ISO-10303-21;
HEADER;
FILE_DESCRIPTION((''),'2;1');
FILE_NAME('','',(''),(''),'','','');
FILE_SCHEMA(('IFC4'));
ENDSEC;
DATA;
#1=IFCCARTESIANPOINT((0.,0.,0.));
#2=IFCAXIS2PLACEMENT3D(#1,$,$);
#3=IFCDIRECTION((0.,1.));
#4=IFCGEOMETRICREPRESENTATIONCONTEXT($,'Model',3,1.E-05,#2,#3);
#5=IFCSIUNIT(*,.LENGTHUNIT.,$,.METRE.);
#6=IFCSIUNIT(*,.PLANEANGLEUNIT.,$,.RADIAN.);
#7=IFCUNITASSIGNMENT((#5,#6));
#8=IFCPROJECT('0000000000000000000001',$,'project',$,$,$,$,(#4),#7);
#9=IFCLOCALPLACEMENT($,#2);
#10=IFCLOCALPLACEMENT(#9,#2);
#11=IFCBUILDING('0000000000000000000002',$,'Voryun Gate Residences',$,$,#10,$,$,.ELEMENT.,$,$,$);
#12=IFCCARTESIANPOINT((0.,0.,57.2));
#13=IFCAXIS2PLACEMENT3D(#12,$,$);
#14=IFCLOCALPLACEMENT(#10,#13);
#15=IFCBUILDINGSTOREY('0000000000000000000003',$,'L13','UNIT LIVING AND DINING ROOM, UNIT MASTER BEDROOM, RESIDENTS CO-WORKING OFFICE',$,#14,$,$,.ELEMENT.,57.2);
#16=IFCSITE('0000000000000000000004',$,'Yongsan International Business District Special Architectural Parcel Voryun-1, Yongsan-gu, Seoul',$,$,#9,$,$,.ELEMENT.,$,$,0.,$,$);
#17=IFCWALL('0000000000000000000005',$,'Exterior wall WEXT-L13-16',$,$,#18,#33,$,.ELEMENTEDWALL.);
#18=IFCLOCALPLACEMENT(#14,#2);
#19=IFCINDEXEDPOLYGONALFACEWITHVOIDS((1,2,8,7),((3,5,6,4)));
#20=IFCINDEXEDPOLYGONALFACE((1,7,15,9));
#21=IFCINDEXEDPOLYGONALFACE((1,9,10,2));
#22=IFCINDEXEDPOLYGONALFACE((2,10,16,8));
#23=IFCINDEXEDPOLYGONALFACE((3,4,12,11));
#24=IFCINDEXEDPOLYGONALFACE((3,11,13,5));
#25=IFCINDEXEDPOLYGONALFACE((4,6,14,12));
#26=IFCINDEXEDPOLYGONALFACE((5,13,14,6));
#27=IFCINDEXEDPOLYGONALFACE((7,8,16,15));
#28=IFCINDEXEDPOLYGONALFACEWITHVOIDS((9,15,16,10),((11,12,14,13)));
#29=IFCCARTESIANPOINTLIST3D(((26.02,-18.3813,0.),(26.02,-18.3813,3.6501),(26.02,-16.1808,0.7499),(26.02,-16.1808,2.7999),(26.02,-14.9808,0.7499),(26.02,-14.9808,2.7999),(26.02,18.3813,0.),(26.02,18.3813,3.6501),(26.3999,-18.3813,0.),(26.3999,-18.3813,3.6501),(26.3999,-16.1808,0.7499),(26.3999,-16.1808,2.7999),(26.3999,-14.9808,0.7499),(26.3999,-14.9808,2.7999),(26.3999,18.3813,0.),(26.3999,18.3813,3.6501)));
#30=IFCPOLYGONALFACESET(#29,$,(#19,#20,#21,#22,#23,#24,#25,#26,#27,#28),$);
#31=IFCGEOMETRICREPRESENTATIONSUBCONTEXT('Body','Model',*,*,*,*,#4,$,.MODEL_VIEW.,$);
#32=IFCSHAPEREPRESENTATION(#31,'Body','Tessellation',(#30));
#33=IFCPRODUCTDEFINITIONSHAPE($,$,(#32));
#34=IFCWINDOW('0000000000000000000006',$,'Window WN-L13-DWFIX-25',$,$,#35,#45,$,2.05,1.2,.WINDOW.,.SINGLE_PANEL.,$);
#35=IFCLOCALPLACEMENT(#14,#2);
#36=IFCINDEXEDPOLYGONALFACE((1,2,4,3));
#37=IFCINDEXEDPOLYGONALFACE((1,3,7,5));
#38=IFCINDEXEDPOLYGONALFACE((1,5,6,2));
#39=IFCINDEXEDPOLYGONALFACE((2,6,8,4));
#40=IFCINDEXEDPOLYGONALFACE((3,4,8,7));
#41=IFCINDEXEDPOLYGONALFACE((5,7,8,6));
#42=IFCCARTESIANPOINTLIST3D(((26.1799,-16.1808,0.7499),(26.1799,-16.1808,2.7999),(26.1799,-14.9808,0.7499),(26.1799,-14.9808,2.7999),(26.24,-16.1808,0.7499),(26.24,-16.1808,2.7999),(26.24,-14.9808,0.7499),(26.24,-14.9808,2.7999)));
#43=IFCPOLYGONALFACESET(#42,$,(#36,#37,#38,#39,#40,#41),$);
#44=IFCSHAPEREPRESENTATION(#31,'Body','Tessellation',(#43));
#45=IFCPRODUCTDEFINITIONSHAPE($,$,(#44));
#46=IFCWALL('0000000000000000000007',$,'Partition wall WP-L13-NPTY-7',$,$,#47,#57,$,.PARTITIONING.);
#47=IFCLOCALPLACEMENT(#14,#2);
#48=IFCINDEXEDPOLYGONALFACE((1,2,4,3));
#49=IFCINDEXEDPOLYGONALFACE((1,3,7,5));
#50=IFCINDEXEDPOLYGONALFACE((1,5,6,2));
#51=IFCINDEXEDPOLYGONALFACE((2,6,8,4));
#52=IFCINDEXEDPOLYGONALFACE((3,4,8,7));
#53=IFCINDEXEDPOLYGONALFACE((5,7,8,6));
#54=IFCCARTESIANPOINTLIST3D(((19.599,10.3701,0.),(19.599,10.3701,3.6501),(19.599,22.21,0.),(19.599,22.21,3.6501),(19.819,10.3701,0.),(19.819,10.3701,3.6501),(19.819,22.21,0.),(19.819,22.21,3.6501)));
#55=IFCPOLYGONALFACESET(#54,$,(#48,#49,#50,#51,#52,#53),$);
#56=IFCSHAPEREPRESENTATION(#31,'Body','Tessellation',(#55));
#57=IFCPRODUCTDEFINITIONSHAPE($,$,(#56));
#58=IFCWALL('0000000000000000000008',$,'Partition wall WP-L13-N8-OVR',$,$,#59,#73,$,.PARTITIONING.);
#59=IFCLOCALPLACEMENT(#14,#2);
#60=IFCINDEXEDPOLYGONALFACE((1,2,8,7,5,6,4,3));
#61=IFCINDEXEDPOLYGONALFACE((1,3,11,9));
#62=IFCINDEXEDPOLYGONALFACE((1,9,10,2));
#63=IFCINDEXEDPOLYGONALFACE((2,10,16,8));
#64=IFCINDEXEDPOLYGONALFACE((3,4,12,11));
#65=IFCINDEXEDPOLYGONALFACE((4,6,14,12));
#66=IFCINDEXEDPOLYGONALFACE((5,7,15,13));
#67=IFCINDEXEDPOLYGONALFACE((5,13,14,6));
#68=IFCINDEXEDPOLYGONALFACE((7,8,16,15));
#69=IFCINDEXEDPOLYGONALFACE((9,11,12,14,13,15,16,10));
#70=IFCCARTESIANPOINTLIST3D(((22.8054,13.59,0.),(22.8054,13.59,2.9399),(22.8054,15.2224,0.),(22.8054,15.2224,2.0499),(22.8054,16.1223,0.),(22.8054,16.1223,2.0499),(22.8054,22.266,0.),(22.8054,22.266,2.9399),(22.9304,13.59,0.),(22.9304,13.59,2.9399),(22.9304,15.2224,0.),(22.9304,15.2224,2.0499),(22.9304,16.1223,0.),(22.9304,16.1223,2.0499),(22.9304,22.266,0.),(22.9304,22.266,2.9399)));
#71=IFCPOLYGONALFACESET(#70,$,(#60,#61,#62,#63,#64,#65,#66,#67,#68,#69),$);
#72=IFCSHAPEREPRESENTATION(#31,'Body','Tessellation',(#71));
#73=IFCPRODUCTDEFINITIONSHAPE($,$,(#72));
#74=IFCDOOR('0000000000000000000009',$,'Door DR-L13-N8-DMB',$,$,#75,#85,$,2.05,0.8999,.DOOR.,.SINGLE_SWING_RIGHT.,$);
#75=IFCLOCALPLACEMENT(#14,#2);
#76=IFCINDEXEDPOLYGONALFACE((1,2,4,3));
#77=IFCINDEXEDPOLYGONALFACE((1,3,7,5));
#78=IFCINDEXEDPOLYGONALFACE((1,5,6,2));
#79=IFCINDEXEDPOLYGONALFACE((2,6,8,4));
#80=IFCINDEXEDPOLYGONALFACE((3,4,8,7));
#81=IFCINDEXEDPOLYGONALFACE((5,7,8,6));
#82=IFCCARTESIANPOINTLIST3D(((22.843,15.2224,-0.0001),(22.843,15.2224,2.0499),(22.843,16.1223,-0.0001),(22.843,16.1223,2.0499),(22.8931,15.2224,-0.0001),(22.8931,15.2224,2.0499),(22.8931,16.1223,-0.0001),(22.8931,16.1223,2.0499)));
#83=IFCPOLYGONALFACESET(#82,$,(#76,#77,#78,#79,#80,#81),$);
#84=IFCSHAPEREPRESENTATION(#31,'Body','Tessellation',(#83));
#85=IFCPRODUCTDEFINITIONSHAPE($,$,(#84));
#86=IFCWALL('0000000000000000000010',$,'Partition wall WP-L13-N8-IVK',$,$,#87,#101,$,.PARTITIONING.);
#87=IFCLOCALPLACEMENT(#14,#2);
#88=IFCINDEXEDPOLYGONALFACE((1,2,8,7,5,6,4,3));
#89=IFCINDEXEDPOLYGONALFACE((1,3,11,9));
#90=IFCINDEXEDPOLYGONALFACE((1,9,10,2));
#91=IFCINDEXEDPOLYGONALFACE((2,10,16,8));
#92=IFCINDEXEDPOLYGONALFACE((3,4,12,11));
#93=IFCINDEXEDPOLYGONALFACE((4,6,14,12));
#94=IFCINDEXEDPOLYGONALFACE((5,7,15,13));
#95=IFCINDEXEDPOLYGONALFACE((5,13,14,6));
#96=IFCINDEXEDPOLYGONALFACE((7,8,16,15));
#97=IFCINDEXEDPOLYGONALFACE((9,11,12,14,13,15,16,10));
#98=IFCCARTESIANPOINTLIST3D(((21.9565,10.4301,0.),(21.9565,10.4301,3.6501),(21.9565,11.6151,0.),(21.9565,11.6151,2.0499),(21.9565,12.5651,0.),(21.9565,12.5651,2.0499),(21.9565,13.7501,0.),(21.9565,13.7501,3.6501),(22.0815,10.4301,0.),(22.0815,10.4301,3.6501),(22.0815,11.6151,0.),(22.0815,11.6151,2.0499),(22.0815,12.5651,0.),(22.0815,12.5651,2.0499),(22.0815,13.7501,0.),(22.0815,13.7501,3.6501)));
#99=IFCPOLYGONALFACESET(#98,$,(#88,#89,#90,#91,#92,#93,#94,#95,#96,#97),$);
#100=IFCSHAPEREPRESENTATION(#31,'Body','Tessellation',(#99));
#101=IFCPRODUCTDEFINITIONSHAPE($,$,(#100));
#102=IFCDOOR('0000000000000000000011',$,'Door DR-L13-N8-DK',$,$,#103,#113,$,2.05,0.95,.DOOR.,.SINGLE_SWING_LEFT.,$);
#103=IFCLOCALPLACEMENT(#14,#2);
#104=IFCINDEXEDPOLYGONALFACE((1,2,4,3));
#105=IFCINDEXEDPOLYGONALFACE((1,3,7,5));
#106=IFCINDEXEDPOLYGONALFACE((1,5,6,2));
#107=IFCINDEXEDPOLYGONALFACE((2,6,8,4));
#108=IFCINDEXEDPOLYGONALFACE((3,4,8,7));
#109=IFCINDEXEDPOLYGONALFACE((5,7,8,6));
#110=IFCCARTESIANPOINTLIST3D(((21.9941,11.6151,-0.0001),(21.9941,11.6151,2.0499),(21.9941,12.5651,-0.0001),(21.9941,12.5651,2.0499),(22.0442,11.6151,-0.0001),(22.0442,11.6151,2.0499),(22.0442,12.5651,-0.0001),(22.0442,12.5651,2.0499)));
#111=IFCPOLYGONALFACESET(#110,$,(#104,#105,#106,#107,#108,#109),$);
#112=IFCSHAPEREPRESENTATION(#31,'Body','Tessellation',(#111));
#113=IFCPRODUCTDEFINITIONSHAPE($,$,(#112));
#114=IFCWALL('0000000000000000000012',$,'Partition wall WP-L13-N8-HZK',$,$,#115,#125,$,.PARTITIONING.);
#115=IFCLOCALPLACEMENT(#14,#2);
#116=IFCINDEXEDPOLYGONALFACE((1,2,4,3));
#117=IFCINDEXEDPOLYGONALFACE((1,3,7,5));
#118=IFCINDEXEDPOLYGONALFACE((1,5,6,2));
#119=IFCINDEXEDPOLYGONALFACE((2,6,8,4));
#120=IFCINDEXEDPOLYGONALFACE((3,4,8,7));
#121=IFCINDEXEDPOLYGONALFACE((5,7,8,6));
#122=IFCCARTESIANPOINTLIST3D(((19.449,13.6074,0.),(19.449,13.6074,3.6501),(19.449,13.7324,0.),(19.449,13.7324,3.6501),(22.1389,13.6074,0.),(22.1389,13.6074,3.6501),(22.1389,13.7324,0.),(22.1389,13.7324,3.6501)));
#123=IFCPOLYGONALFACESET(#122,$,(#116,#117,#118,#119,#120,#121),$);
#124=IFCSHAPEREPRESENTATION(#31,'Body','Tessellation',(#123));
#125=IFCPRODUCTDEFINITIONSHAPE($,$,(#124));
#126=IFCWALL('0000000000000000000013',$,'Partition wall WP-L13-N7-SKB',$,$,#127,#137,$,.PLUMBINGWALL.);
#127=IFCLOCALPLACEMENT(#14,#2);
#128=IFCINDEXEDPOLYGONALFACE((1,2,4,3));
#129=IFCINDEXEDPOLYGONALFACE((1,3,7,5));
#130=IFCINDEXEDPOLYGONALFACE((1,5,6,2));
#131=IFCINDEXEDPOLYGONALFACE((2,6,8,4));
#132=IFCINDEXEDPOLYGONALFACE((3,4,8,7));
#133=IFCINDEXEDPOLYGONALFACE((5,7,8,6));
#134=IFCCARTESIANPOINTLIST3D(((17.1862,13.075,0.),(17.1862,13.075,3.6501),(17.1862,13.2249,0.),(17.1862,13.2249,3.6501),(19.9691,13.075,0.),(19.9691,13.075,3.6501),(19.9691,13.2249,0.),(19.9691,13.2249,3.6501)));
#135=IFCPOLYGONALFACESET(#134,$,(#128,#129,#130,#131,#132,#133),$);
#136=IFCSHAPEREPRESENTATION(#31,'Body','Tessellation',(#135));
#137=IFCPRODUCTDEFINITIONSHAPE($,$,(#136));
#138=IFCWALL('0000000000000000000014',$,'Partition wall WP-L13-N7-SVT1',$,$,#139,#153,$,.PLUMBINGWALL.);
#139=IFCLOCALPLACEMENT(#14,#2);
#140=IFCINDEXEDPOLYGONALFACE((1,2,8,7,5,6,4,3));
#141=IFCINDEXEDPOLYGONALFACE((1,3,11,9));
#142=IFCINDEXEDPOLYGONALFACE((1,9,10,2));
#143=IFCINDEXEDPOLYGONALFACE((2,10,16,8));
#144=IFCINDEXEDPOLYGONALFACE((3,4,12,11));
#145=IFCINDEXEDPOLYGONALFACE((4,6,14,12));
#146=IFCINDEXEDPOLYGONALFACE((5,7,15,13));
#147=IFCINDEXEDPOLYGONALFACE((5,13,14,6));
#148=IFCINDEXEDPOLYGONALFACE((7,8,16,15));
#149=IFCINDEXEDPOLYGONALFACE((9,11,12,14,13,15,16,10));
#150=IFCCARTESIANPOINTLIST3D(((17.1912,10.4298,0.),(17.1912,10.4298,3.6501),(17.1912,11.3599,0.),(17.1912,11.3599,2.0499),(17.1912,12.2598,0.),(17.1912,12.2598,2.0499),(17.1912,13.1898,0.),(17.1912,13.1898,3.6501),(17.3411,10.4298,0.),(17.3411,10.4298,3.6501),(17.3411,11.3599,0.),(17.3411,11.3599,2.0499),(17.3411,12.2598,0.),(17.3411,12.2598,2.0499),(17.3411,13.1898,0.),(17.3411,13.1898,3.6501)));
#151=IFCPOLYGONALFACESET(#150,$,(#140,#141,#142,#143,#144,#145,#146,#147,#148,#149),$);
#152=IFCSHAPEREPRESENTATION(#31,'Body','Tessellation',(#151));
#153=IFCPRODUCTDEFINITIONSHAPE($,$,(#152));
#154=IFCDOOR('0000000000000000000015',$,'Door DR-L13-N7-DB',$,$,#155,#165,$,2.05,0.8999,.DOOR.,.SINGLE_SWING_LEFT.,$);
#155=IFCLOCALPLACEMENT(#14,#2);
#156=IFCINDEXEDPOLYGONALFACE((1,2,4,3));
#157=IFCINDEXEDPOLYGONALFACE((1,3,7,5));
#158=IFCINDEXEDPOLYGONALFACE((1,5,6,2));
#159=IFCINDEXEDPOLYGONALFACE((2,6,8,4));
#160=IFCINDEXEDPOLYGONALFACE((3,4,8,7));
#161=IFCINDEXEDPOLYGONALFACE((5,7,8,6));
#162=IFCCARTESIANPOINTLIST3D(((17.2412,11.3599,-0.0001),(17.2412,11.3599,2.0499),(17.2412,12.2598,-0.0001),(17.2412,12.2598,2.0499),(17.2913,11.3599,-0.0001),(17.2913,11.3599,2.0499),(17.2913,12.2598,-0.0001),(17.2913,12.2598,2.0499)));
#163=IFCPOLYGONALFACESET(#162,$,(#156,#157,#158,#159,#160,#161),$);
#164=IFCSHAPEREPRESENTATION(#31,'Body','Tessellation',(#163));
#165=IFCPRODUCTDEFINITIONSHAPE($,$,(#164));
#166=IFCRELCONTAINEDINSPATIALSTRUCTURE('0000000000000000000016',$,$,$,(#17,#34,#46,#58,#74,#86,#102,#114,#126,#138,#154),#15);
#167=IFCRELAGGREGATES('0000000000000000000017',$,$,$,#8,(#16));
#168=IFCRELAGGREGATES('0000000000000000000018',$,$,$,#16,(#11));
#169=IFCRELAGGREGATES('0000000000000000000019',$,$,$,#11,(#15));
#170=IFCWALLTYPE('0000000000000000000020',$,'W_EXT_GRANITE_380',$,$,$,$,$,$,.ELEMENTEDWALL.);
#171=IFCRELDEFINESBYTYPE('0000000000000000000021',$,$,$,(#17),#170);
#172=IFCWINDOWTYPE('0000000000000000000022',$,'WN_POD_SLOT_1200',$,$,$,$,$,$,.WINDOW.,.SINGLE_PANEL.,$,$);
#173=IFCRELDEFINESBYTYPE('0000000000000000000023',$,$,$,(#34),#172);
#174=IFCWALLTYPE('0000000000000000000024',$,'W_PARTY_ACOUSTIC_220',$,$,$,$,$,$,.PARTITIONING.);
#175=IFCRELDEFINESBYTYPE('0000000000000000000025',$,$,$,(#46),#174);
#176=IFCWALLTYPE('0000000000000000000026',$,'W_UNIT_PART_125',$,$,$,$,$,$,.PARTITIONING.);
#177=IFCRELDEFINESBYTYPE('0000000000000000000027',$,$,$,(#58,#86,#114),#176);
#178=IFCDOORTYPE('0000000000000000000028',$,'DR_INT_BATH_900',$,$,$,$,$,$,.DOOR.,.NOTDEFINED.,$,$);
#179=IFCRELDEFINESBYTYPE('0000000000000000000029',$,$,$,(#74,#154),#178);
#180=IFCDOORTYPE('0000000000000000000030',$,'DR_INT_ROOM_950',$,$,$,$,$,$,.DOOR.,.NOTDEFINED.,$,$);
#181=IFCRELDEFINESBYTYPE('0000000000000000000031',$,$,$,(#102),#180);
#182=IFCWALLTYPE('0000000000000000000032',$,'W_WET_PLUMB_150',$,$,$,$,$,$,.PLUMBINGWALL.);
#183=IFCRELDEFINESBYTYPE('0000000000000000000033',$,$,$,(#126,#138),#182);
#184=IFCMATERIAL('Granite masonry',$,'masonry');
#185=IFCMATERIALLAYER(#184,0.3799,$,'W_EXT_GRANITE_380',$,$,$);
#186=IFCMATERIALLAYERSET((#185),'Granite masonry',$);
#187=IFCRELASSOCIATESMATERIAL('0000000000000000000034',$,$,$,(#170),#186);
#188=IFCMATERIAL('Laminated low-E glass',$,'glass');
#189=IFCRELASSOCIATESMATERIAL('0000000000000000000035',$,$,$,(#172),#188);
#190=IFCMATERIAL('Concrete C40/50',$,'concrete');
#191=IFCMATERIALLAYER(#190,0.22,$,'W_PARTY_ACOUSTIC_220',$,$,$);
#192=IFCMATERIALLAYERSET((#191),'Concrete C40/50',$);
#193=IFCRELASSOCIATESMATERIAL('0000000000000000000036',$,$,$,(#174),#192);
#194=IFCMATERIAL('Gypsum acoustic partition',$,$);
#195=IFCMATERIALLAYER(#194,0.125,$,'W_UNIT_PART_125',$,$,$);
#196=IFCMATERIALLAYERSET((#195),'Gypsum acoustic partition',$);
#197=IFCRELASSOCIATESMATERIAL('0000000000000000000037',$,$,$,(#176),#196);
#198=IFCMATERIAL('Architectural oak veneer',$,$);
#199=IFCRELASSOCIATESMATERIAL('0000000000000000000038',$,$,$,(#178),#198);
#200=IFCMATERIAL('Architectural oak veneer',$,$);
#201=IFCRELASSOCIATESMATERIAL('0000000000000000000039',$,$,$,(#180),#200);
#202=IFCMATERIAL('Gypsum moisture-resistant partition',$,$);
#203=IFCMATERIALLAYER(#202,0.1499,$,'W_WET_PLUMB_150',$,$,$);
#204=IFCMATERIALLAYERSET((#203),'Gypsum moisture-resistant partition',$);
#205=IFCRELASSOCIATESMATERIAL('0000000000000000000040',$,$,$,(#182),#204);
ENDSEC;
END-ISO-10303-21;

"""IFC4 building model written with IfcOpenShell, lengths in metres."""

from ifc_helpers import new_model, si_unit, direction, frame, frame_2d, origin, place, context, subcontext, project, spatial, rectangle, extrude, material, layer, layer_set, type_object, element, fill, save


model = new_model("IFC4")

# Units and contexts
model_context = context("Model", 3, precision=1e-05, world=origin(), true_north=direction((0.0, 1.0)))
body_context = subcontext(model_context, "Body", "Model", "MODEL_VIEW")
ifc_project = project(units=[si_unit("LENGTHUNIT", "METRE"), si_unit("PLANEANGLEUNIT", "RADIAN")], contexts=[model_context])

# Site, building, storey
site_placement = place(None, origin())
site = spatial("IfcSite", under=ifc_project, at=site_placement, Name="Yongsan International Business District Special Architectural Parcel Voryun-1, Yongsan-gu, Seoul", CompositionType="ELEMENT", RefElevation=0.0)
building_placement = place(site_placement, origin())
building = spatial("IfcBuilding", under=site, at=building_placement, Name="Voryun Gate Residences", CompositionType="ELEMENT")
storey_placement = place(building_placement, frame((0.0, 0.0, 57.2)))
storey = spatial("IfcBuildingStorey", under=building, at=storey_placement, Name="L13", Description="UNIT LIVING AND DINING ROOM, UNIT MASTER BEDROOM, RESIDENTS CO-WORKING OFFICE", CompositionType="ELEMENT", Elevation=57.2)

# Shared definitions
ifc_material_1 = material(Name="Granite masonry", Category="masonry")
ifc_layer_1 = layer(ifc_material_1, 0.3799, Name="W_EXT_GRANITE_380")
ifc_layer_set_1 = layer_set([ifc_layer_1], Name="Granite masonry")
wall_type_1 = type_object("IfcWallType", Name="W_EXT_GRANITE_380", PredefinedType="ELEMENTEDWALL", material=ifc_layer_set_1)

# Wall, opening, window
ifc_material_2 = material(Name="Laminated low-E glass", Category="glass")
window_type = type_object("IfcWindowType", Name="WN_POD_SLOT_1200", PartitioningType="SINGLE_PANEL", PredefinedType="WINDOW", material=ifc_material_2)
wall_1_placement = place(storey_placement, frame((26.21, 18.3813, 0.0), z_axis=(0.0, 0.0, 1.0), x_axis=(0.0, -1.0, 0.0)))
wall_1 = element("IfcWall", 1, at=wall_1_placement, inside=storey, type_object=wall_type_1, Name="Exterior wall WEXT-L13-16", PredefinedType="ELEMENTEDWALL", context=body_context, shape_type="SweptSolid", body=[
    extrude(rectangle(XDim=36.7627, YDim=0.3799, at=frame_2d((18.3813, 0.0))), origin(), (0.0, 0.0, 1.0), 3.6501),
])
opening_1_placement = place(wall_1_placement, frame((33.3621, 0.0, 0.75)))
opening_1 = element("IfcOpeningElement", 2, at=opening_1_placement, cuts=wall_1, PredefinedType="OPENING", context=body_context, shape_type="SweptSolid", body=[
    extrude(rectangle(XDim=1.2, YDim=2.05, at=frame_2d((0.6001, 1.0249))), frame((0.0, 0.2, 0.0), z_axis=(0.0, -1.0, 0.0), x_axis=(1.0, 0.0, 0.0)), (0.0, 0.0, 1.0), 0.3999),
])
window_1_placement = place(opening_1_placement, origin())
window_1 = element("IfcWindow", 3, at=window_1_placement, inside=storey, type_object=window_type, Name="Window WN-L13-DWFIX-25", OverallHeight=2.05, OverallWidth=1.2, PartitioningType="SINGLE_PANEL", PredefinedType="WINDOW", context=body_context, shape_type="SweptSolid", body=[
    extrude(rectangle(XDim=1.2, YDim=2.05, at=frame_2d((0.6001, 1.0249))), frame((0.0, 0.03, 0.0), z_axis=(0.0, -1.0, 0.0), x_axis=(1.0, 0.0, 0.0)), (0.0, 0.0, 1.0), 0.0601),
])
fill(opening_1, window_1)

# Wall
ifc_material_3 = material(Name="Concrete C40/50", Category="concrete")
ifc_layer_2 = layer(ifc_material_3, 0.22, Name="W_PARTY_ACOUSTIC_220")
ifc_layer_set_2 = layer_set([ifc_layer_2], Name="Concrete C40/50")
wall_type_2 = type_object("IfcWallType", Name="W_PARTY_ACOUSTIC_220", PredefinedType="PARTITIONING", material=ifc_layer_set_2)
wall_2_placement = place(storey_placement, frame((19.709, 10.3701, 0.0), z_axis=(0.0, 0.0, 1.0), x_axis=(0.0, 1.0, 0.0)))
element("IfcWall", 4, at=wall_2_placement, inside=storey, type_object=wall_type_2, Name="Partition wall WP-L13-NPTY-7", PredefinedType="PARTITIONING", context=body_context, shape_type="SweptSolid", body=[
    extrude(rectangle(XDim=11.8398, YDim=0.22, at=frame_2d((5.9199, 0.0))), origin(), (0.0, 0.0, 1.0), 3.6501),
])

# Walls, openings, doors
ifc_material_4 = material(Name="Gypsum acoustic partition")
ifc_layer_3 = layer(ifc_material_4, 0.125, Name="W_UNIT_PART_125")
ifc_layer_set_3 = layer_set([ifc_layer_3], Name="Gypsum acoustic partition")
wall_type_3 = type_object("IfcWallType", Name="W_UNIT_PART_125", PredefinedType="PARTITIONING", material=ifc_layer_set_3)
wall_3_placement = place(storey_placement, frame((22.8679, 13.5901, 0.0), z_axis=(0.0, 0.0, 1.0), x_axis=(0.0, 1.0, 0.0)))
wall_3 = element("IfcWall", 5, at=wall_3_placement, inside=storey, type_object=wall_type_3, Name="Partition wall WP-L13-N8-OVR", PredefinedType="PARTITIONING", context=body_context, shape_type="SweptSolid", body=[
    extrude(rectangle(XDim=8.676, YDim=0.125, at=frame_2d((4.3379, 0.0))), origin(), (0.0, 0.0, 1.0), 2.9399),
])
opening_2_placement = place(wall_3_placement, frame((1.6323, 0.0, 0.0)))
opening_2 = element("IfcOpeningElement", 6, at=opening_2_placement, cuts=wall_3, PredefinedType="OPENING", context=body_context, shape_type="SweptSolid", body=[
    extrude(rectangle(XDim=0.8999, YDim=2.05, at=frame_2d((0.45, 1.0249))), frame((0.0, 0.0725, 0.0), z_axis=(0.0, -1.0, 0.0), x_axis=(1.0, 0.0, 0.0)), (0.0, 0.0, 1.0), 0.145),
])
ifc_material_5 = material(Name="Architectural oak veneer")
door_type_1 = type_object("IfcDoorType", Name="DR_INT_BATH_900", OperationType="NOTDEFINED", PredefinedType="DOOR", material=ifc_material_5)
door_1_placement = place(opening_2_placement, origin())
door_1 = element("IfcDoor", 7, at=door_1_placement, inside=storey, type_object=door_type_1, Name="Door DR-L13-N8-DMB", OperationType="SINGLE_SWING_RIGHT", OverallHeight=2.05, OverallWidth=0.8999, PredefinedType="DOOR", context=body_context, shape_type="SweptSolid", body=[
    extrude(rectangle(XDim=0.8999, YDim=2.05, at=frame_2d((0.45, 1.0249))), frame((0.0, 0.0249, 0.0), z_axis=(0.0, -1.0, 0.0), x_axis=(1.0, 0.0, 0.0)), (0.0, 0.0, 1.0), 0.05),
])
fill(opening_2, door_1)
wall_4_placement = place(storey_placement, frame((22.019, 10.4299, 0.0), z_axis=(0.0, 0.0, 1.0), x_axis=(0.0, 1.0, 0.0)))
wall_4 = element("IfcWall", 8, at=wall_4_placement, inside=storey, type_object=wall_type_3, Name="Partition wall WP-L13-N8-IVK", PredefinedType="PARTITIONING", context=body_context, shape_type="SweptSolid", body=[
    extrude(rectangle(XDim=3.3201, YDim=0.125, at=frame_2d((1.6602, 0.0))), origin(), (0.0, 0.0, 1.0), 3.6501),
])
opening_3_placement = place(wall_4_placement, frame((1.1851, 0.0, 0.0)))
opening_3 = element("IfcOpeningElement", 9, at=opening_3_placement, cuts=wall_4, PredefinedType="OPENING", context=body_context, shape_type="SweptSolid", body=[
    extrude(rectangle(XDim=0.95, YDim=2.05, at=frame_2d((0.4751, 1.0249))), frame((0.0, 0.0725, 0.0), z_axis=(0.0, -1.0, 0.0), x_axis=(1.0, 0.0, 0.0)), (0.0, 0.0, 1.0), 0.145),
])
ifc_material_6 = material(Name="Architectural oak veneer")
door_type_2 = type_object("IfcDoorType", Name="DR_INT_ROOM_950", OperationType="NOTDEFINED", PredefinedType="DOOR", material=ifc_material_6)
door_2_placement = place(opening_3_placement, origin())
door_2 = element("IfcDoor", 10, at=door_2_placement, inside=storey, type_object=door_type_2, Name="Door DR-L13-N8-DK", OperationType="SINGLE_SWING_LEFT", OverallHeight=2.05, OverallWidth=0.95, PredefinedType="DOOR", context=body_context, shape_type="SweptSolid", body=[
    extrude(rectangle(XDim=0.95, YDim=2.05, at=frame_2d((0.4751, 1.0249))), frame((0.0, 0.0249, 0.0), z_axis=(0.0, -1.0, 0.0), x_axis=(1.0, 0.0, 0.0)), (0.0, 0.0, 1.0), 0.05),
])
fill(opening_3, door_2)

# Walls
wall_5_placement = place(storey_placement, frame((19.449, 13.6699, 0.0), z_axis=(0.0, 0.0, 1.0), x_axis=(1.0, 0.0, 0.0)))
element("IfcWall", 11, at=wall_5_placement, inside=storey, type_object=wall_type_3, Name="Partition wall WP-L13-N8-HZK", PredefinedType="PARTITIONING", context=body_context, shape_type="SweptSolid", body=[
    extrude(rectangle(XDim=2.6899, YDim=0.125, at=frame_2d((1.345, 0.0))), origin(), (0.0, 0.0, 1.0), 3.6501),
])
ifc_material_7 = material(Name="Gypsum moisture-resistant partition")
ifc_layer_4 = layer(ifc_material_7, 0.1499, Name="W_WET_PLUMB_150")
ifc_layer_set_4 = layer_set([ifc_layer_4], Name="Gypsum moisture-resistant partition")
wall_type_4 = type_object("IfcWallType", Name="W_WET_PLUMB_150", PredefinedType="PLUMBINGWALL", material=ifc_layer_set_4)
wall_6_placement = place(storey_placement, frame((17.186, 13.1499, 0.0), z_axis=(0.0, 0.0, 1.0), x_axis=(1.0, 0.0, 0.0)))
element("IfcWall", 12, at=wall_6_placement, inside=storey, type_object=wall_type_4, Name="Partition wall WP-L13-N7-SKB", PredefinedType="PLUMBINGWALL", context=body_context, shape_type="SweptSolid", body=[
    extrude(rectangle(XDim=2.783, YDim=0.1499, at=frame_2d((1.3916, 0.0))), origin(), (0.0, 0.0, 1.0), 3.6501),
])

# Wall, opening, door
wall_7_placement = place(storey_placement, frame((17.2661, 10.4299, 0.0), z_axis=(0.0, 0.0, 1.0), x_axis=(0.0, 1.0, 0.0)))
wall_7 = element("IfcWall", 13, at=wall_7_placement, inside=storey, type_object=wall_type_4, Name="Partition wall WP-L13-N7-SVT1", PredefinedType="PLUMBINGWALL", context=body_context, shape_type="SweptSolid", body=[
    extrude(rectangle(XDim=2.76, YDim=0.1499, at=frame_2d((1.3799, 0.0))), origin(), (0.0, 0.0, 1.0), 3.6501),
])
opening_4_placement = place(wall_7_placement, frame((0.9299, 0.0, 0.0)))
opening_4 = element("IfcOpeningElement", 14, at=opening_4_placement, cuts=wall_7, PredefinedType="OPENING", context=body_context, shape_type="SweptSolid", body=[
    extrude(rectangle(XDim=0.8999, YDim=2.05, at=frame_2d((0.45, 1.0249))), frame((0.0, 0.085, 0.0), z_axis=(0.0, -1.0, 0.0), x_axis=(1.0, 0.0, 0.0)), (0.0, 0.0, 1.0), 0.1699),
])
door_3_placement = place(opening_4_placement, origin())
door_3 = element("IfcDoor", 15, at=door_3_placement, inside=storey, type_object=door_type_1, Name="Door DR-L13-N7-DB", OperationType="SINGLE_SWING_LEFT", OverallHeight=2.05, OverallWidth=0.8999, PredefinedType="DOOR", context=body_context, shape_type="SweptSolid", body=[
    extrude(rectangle(XDim=0.8999, YDim=2.05, at=frame_2d((0.45, 1.0249))), frame((0.0, 0.0249, 0.0), z_axis=(0.0, -1.0, 0.0), x_axis=(1.0, 0.0, 0.0)), (0.0, 0.0, 1.0), 0.05),
])
fill(opening_4, door_3)

save(model, "model.ifc")
